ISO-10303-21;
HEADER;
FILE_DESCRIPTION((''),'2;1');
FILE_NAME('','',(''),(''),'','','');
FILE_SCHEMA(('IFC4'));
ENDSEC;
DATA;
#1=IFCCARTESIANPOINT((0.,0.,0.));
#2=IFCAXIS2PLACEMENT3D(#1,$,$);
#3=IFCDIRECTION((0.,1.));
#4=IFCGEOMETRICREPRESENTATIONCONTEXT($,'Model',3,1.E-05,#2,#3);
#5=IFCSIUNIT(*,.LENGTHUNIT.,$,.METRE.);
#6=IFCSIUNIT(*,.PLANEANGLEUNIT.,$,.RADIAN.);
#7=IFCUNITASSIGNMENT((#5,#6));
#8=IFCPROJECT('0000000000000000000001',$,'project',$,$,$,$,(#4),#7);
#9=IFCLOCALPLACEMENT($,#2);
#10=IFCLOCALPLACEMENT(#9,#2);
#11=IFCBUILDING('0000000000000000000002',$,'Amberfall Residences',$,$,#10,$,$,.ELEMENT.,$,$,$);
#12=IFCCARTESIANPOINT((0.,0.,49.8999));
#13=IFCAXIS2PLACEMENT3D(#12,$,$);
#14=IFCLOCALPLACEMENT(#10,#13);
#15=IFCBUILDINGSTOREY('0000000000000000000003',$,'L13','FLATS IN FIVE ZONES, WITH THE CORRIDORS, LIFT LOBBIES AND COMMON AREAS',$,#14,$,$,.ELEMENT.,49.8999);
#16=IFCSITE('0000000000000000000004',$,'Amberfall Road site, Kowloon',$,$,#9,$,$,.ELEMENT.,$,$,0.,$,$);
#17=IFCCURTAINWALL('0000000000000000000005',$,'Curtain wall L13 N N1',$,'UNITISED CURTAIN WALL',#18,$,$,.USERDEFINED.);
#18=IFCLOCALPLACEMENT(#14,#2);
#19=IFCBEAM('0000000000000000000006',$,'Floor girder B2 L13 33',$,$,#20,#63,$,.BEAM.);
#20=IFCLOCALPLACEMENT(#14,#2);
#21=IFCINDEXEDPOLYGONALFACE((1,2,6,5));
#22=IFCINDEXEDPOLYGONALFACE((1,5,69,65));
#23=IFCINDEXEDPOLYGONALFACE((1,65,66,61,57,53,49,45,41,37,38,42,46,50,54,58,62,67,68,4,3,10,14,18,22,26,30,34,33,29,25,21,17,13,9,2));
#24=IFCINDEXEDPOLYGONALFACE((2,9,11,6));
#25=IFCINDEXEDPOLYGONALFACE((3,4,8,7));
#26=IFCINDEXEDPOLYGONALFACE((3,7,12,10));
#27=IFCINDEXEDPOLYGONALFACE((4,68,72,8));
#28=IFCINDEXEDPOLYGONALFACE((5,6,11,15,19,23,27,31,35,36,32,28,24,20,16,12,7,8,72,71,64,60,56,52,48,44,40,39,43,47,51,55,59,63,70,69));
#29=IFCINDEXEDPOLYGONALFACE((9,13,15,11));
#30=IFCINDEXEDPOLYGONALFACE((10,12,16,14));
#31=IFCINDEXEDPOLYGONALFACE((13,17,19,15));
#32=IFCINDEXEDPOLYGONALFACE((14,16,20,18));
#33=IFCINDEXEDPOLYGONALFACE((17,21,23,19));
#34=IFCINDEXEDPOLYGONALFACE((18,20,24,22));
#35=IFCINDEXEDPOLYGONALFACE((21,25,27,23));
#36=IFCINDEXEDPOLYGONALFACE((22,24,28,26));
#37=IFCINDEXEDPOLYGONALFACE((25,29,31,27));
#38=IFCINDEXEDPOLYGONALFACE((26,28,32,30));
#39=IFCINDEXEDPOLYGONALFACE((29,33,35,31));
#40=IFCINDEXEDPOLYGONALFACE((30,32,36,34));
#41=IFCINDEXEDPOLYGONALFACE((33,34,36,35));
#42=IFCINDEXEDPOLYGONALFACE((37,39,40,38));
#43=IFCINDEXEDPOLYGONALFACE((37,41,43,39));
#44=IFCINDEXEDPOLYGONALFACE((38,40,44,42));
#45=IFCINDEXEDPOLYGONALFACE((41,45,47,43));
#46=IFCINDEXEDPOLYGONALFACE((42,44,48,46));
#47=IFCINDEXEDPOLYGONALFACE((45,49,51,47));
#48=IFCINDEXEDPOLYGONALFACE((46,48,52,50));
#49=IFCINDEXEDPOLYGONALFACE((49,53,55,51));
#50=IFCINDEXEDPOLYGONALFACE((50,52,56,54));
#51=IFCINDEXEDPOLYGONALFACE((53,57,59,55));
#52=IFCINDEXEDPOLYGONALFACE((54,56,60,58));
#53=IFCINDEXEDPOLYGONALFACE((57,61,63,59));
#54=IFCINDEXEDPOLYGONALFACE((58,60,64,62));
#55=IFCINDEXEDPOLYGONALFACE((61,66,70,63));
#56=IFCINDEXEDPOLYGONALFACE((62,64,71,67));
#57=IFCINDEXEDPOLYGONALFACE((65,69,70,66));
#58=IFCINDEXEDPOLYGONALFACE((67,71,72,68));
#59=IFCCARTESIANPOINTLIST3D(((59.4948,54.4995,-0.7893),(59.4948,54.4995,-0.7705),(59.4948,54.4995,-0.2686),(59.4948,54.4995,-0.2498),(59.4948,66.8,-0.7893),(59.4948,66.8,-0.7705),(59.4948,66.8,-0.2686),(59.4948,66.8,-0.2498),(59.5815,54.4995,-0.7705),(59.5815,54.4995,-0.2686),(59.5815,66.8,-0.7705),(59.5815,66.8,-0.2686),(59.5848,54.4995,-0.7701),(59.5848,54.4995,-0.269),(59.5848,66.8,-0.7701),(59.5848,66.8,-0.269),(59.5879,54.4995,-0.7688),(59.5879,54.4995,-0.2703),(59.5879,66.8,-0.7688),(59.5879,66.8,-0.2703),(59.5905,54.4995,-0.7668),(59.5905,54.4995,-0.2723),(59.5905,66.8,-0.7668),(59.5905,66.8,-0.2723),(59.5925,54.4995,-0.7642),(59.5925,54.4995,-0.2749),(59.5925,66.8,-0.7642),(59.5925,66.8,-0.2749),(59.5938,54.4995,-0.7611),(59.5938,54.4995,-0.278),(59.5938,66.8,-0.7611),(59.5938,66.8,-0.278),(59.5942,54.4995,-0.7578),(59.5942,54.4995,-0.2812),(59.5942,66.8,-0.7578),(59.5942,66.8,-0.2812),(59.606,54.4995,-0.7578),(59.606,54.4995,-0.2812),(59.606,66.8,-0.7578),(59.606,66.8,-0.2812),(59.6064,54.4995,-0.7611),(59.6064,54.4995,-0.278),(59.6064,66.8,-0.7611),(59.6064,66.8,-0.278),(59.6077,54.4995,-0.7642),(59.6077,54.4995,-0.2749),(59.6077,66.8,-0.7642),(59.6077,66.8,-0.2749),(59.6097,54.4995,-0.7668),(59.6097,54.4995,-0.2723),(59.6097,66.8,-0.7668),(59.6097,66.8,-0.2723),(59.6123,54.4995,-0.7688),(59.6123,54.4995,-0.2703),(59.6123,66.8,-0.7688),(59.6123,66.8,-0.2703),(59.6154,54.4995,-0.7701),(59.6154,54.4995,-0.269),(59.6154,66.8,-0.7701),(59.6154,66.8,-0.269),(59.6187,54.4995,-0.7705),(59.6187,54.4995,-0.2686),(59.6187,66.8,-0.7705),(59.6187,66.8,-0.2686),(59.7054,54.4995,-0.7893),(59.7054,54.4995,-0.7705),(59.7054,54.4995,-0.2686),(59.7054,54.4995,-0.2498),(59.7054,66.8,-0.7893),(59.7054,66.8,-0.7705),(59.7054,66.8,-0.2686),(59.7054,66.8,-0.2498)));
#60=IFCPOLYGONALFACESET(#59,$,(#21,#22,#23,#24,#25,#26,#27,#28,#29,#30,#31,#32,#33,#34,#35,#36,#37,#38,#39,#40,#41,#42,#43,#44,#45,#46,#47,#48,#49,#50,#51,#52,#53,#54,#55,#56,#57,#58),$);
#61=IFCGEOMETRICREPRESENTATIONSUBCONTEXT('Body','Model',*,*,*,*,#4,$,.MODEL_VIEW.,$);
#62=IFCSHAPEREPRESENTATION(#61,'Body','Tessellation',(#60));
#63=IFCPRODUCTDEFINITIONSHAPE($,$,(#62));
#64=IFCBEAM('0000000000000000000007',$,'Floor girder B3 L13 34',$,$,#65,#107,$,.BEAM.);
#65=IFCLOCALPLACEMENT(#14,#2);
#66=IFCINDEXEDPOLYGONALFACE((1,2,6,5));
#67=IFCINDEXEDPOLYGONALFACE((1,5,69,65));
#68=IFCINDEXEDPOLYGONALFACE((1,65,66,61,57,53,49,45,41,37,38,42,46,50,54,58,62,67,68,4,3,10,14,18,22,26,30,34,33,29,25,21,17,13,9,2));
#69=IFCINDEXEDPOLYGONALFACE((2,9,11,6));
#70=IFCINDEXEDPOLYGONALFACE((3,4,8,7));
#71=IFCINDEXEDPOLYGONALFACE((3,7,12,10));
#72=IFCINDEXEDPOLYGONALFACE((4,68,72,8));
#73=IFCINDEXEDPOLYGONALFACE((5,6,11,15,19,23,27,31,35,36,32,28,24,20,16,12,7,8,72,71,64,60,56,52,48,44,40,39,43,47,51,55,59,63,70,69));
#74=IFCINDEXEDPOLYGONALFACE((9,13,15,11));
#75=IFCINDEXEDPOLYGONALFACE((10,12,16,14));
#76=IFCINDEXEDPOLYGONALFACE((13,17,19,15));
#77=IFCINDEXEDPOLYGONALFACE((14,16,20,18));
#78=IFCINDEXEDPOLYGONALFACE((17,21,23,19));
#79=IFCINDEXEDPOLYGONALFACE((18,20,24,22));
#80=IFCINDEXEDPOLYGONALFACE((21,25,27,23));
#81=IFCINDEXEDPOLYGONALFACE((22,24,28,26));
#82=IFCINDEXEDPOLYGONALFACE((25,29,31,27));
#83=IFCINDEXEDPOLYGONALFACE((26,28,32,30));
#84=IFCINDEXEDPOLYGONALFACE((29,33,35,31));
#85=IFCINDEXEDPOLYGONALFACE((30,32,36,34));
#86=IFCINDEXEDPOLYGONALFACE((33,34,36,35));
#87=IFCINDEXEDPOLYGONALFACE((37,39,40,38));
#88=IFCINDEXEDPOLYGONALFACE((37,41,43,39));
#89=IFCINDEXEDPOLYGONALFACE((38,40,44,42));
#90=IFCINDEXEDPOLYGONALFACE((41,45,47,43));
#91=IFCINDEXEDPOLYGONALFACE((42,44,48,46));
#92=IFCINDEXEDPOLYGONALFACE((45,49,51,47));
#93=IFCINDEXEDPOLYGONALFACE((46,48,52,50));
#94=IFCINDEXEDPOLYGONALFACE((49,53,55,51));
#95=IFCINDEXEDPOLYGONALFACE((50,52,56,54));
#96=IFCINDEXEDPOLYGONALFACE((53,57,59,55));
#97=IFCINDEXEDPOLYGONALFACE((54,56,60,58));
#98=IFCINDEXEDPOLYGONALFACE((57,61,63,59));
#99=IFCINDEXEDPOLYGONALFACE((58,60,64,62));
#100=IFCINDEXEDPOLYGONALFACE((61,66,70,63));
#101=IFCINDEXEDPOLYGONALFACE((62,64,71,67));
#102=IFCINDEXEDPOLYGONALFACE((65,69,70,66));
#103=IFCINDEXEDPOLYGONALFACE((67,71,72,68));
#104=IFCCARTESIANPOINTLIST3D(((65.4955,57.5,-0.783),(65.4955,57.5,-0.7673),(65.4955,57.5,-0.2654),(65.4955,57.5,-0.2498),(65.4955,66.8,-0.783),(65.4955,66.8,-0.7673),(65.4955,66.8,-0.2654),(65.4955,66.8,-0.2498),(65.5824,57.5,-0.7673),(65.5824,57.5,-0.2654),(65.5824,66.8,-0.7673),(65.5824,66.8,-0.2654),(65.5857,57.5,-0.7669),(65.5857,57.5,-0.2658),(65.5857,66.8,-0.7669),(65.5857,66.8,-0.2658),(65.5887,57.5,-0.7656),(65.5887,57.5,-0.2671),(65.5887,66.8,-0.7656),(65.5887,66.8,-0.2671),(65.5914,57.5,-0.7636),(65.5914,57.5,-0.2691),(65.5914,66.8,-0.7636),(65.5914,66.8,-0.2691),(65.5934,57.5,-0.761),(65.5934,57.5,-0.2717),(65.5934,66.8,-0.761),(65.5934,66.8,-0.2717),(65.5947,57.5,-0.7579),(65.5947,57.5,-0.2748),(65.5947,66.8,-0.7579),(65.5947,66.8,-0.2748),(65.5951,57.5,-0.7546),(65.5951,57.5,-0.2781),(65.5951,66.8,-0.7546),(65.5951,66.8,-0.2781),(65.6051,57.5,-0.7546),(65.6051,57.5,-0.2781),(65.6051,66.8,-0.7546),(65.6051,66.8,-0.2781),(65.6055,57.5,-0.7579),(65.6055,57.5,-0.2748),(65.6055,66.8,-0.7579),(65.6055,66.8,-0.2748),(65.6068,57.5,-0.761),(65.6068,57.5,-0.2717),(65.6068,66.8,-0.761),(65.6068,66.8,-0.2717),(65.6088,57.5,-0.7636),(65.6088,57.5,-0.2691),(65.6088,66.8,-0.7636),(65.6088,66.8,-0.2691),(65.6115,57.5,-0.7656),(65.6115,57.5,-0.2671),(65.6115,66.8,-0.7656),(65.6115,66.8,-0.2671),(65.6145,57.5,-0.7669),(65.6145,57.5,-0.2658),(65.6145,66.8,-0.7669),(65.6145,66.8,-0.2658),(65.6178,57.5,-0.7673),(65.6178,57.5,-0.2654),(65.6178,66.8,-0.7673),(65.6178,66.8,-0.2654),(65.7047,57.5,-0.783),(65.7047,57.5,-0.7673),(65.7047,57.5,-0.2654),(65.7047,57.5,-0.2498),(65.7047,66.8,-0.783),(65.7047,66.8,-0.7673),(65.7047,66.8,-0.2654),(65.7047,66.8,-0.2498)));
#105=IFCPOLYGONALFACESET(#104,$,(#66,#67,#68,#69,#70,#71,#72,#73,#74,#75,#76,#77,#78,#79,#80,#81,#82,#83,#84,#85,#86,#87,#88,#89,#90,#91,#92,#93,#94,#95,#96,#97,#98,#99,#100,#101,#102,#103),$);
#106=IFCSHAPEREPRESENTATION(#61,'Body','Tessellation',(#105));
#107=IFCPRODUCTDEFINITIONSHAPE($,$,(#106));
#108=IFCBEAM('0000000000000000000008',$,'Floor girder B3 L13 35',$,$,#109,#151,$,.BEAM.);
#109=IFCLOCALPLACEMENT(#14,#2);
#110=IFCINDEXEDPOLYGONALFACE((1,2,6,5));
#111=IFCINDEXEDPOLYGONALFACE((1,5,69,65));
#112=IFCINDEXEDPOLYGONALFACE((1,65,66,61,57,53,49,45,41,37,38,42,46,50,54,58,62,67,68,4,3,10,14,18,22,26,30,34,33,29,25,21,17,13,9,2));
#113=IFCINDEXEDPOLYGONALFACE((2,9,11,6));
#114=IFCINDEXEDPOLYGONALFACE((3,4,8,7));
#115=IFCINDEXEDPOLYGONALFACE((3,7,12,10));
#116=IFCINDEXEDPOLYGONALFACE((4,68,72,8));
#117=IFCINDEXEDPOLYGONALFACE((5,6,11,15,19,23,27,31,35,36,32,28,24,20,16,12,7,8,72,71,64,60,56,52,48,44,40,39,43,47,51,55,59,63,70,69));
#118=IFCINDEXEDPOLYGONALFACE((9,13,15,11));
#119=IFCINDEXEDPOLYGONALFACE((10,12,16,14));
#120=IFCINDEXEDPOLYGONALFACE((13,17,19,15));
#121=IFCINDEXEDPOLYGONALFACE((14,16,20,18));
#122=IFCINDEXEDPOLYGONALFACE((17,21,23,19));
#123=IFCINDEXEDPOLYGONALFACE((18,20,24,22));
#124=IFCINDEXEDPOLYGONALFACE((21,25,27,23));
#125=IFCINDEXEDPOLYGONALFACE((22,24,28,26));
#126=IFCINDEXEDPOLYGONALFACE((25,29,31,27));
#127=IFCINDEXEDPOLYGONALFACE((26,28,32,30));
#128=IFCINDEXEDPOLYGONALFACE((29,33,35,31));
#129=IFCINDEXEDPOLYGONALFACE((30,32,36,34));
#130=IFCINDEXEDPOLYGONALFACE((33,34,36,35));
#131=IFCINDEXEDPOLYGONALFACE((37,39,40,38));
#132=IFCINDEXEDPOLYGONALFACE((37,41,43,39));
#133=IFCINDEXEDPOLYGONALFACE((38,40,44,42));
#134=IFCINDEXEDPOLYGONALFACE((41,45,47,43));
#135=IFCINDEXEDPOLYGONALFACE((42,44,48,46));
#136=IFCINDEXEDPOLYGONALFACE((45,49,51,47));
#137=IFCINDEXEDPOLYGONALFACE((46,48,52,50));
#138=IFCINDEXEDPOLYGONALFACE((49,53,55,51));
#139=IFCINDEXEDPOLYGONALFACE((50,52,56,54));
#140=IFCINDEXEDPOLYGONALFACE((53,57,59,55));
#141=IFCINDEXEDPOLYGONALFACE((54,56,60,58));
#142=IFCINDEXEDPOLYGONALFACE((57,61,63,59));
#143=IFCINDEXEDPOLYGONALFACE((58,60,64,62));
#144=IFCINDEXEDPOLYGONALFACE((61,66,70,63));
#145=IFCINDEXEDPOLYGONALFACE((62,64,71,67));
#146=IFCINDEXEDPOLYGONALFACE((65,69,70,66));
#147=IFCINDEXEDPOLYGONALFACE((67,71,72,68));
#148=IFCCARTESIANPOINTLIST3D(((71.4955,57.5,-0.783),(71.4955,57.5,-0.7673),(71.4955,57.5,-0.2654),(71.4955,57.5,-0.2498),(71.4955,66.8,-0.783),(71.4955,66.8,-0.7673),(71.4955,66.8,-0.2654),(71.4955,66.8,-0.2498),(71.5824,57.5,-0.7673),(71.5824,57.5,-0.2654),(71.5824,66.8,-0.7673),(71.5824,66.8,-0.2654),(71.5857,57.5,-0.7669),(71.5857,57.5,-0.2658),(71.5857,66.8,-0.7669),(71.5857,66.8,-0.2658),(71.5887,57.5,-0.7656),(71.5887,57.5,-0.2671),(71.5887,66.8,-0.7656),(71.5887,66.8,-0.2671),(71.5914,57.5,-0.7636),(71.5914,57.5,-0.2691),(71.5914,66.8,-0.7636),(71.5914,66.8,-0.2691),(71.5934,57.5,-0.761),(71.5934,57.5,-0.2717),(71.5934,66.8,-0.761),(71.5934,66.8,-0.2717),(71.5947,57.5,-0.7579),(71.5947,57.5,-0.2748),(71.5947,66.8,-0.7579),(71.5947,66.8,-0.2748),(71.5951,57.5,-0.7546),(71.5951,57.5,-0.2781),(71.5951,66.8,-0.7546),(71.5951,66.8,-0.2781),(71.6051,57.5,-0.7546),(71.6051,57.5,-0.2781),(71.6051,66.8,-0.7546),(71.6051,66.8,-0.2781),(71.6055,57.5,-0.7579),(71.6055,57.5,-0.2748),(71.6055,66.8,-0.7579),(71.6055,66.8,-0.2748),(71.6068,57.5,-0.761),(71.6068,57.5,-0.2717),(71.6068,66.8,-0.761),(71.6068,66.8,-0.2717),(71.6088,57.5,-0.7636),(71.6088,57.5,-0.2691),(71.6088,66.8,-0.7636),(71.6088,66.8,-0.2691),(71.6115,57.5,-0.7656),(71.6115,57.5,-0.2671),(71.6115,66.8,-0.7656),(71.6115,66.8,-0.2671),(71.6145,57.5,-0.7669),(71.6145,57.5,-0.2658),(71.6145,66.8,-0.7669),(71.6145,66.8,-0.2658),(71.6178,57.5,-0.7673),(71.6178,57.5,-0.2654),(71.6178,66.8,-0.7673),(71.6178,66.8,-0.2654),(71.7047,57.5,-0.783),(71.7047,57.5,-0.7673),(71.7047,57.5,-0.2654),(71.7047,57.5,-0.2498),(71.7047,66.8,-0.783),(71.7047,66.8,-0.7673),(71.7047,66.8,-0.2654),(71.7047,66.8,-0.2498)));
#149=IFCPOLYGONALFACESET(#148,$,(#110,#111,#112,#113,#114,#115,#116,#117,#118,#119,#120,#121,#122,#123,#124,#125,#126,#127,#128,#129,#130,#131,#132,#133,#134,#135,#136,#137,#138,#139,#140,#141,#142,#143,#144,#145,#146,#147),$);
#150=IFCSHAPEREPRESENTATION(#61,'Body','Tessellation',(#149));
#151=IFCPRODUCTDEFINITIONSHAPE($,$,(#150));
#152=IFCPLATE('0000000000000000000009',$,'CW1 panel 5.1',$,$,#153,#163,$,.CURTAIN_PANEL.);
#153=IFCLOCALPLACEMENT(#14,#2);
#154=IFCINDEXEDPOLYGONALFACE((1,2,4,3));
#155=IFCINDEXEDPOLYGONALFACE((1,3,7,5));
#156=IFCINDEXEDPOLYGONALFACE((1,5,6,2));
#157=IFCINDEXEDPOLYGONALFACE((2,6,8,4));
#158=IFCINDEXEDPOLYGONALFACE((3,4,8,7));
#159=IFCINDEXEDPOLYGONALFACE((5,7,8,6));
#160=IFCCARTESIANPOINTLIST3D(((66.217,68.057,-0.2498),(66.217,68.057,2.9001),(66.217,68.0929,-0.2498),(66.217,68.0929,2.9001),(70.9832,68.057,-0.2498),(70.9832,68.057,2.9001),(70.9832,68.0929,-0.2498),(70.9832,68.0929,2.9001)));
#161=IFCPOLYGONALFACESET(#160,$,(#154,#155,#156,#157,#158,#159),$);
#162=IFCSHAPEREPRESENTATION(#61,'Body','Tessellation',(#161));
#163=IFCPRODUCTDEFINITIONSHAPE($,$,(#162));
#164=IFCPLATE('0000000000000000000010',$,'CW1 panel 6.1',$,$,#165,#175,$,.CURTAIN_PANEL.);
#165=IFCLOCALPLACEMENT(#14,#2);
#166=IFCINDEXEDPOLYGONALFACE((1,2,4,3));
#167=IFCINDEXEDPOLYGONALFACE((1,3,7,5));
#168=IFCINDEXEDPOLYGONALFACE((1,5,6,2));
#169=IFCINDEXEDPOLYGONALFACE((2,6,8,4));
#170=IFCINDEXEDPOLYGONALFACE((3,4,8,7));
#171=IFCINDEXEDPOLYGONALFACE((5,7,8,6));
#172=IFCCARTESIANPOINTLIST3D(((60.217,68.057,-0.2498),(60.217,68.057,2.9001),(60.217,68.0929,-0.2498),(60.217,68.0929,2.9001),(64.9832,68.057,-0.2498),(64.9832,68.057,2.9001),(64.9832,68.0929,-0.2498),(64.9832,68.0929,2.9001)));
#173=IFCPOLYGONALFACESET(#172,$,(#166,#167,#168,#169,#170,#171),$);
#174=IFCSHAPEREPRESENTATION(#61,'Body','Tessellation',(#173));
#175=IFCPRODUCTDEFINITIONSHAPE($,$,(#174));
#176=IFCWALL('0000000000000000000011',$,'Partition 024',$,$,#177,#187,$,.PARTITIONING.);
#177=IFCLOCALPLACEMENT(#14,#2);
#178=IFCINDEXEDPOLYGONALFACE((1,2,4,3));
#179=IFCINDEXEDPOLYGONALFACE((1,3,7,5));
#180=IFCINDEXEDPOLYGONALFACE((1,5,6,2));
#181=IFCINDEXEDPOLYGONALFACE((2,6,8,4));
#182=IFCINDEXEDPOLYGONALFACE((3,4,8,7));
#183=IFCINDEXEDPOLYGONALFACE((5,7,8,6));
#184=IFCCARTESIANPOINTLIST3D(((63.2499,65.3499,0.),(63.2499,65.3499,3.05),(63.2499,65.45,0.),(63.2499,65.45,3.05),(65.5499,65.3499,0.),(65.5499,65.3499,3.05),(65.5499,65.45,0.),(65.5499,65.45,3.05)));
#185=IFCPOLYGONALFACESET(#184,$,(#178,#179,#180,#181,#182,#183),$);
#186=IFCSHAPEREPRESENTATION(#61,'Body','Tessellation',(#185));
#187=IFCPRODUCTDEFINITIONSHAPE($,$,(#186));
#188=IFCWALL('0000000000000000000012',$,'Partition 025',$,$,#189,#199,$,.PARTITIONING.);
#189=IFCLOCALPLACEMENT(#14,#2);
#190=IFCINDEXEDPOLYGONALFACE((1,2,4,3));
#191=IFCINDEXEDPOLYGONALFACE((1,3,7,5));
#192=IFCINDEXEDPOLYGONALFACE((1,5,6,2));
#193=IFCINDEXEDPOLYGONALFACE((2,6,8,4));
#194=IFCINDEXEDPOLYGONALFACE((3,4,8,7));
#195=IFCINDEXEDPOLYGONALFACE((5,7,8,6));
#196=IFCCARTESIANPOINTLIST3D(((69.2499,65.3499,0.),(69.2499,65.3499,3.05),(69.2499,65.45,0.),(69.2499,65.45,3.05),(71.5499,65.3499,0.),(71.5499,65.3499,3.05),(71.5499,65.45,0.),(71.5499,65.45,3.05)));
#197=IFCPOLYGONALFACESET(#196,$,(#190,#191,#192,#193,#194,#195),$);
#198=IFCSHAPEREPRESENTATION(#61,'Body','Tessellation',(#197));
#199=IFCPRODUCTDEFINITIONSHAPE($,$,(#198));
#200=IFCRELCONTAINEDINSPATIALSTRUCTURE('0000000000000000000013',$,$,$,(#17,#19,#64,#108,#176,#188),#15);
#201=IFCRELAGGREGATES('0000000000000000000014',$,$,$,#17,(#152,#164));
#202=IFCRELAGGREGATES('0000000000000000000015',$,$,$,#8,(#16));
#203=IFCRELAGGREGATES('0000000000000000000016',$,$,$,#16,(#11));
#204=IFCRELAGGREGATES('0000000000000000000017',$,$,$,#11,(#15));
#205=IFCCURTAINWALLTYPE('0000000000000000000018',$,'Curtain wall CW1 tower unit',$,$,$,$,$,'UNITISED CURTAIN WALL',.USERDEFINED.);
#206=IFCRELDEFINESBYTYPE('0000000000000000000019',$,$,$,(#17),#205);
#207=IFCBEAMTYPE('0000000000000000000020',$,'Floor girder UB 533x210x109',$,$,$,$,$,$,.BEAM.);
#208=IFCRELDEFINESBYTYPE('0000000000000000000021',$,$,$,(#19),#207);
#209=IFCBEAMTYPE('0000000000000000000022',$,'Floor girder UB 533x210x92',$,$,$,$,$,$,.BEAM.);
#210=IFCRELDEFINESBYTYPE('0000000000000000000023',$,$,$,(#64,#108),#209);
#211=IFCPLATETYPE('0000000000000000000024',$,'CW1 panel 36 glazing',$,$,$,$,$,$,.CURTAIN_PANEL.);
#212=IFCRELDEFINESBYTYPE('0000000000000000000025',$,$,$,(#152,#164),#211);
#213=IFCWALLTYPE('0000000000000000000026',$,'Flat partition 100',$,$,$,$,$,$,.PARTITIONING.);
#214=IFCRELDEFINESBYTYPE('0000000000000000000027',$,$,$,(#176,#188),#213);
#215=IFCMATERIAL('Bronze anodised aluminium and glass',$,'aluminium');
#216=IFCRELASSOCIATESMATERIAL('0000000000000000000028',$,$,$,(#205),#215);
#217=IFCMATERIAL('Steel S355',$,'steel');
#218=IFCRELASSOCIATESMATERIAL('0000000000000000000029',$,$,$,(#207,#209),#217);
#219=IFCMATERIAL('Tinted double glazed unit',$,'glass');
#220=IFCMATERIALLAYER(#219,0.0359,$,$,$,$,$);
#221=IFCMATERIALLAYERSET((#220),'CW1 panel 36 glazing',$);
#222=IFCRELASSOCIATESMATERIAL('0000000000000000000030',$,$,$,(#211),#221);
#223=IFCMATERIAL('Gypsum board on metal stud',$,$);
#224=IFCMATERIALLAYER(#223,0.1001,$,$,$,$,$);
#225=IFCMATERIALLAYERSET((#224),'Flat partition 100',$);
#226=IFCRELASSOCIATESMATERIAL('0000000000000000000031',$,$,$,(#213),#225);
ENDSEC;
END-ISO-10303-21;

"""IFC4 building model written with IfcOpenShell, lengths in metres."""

from ifc_helpers import new_model, si_unit, direction, frame, frame_2d, origin, origin_2d, place, context, subcontext, project, spatial, rectangle, i_section, extrude, material, layer, layer_set, material_profile, profile_set, type_object, element, aggregate, save


model = new_model("IFC4")

# Units and contexts
model_context = context("Model", 3, precision=1e-05, world=origin(), true_north=direction((0.0, 1.0)))
body_context = subcontext(model_context, "Body", "Model", "MODEL_VIEW")
ifc_project = project(units=[si_unit("LENGTHUNIT", "METRE"), si_unit("PLANEANGLEUNIT", "RADIAN")], contexts=[model_context])

# Site, building, storey
site_placement = place(None, origin())
site = spatial("IfcSite", under=ifc_project, at=site_placement, Name="Amberfall Road site, Kowloon", CompositionType="ELEMENT", RefElevation=0.0)
building_placement = place(site_placement, origin())
building = spatial("IfcBuilding", under=site, at=building_placement, Name="Amberfall Residences", CompositionType="ELEMENT")
storey_placement = place(building_placement, frame((0.0, 0.0, 49.8999)))
storey = spatial("IfcBuildingStorey", under=building, at=storey_placement, Name="L13", Description="FLATS IN FIVE ZONES, WITH THE CORRIDORS, LIFT LOBBIES AND COMMON AREAS", CompositionType="ELEMENT", Elevation=49.8999)

# Curtain wall
ifc_material_1 = material(Name="Bronze anodised aluminium and glass", Category="aluminium")
curtain_wall_type = type_object("IfcCurtainWallType", Name="Curtain wall CW1 tower unit", ElementType="UNITISED CURTAIN WALL", PredefinedType="USERDEFINED", material=ifc_material_1)
curtain_wall_placement = place(storey_placement, origin())
curtain_wall = element("IfcCurtainWall", 1, at=curtain_wall_placement, inside=storey, type_object=curtain_wall_type, Name="Curtain wall L13 N N1", ObjectType="UNITISED CURTAIN WALL", PredefinedType="USERDEFINED")

# Shared definitions
ifc_material_2 = material(Name="Steel S355", Category="steel")

# Beams
ifc_material_profile_1 = material_profile(ifc_material_2, i_section(OverallWidth=0.2107, OverallDepth=0.5396, WebThickness=0.0117, FlangeThickness=0.0188, FilletRadius=0.0127, at=origin_2d()), Name="UB 533x210x109")
ifc_profile_set_1 = profile_set([ifc_material_profile_1], Name="Steel S355")
beam_type_1 = type_object("IfcBeamType", Name="Floor girder UB 533x210x109", PredefinedType="BEAM", material=ifc_profile_set_1)
beam_placement = place(storey_placement, frame((59.6001, 66.8, -0.5195), z_axis=(0.0, -1.0, 0.0), x_axis=(1.0, 0.0, 0.0)))
element("IfcBeam", 2, at=beam_placement, inside=storey, type_object=beam_type_1, Name="Floor girder B2 L13 33", PredefinedType="BEAM", context=body_context, shape_type="SweptSolid", body=[
    extrude(i_section(OverallWidth=0.2107, OverallDepth=0.5396, WebThickness=0.0117, FlangeThickness=0.0188, FilletRadius=0.0127, at=origin_2d()), origin(), (0.0, 0.0, 1.0), 12.3005),
])
ifc_material_profile_2 = material_profile(ifc_material_2, i_section(OverallWidth=0.2092, OverallDepth=0.5332, WebThickness=0.01, FlangeThickness=0.0156, FilletRadius=0.0127, at=origin_2d()), Name="UB 533x210x92")
ifc_profile_set_2 = profile_set([ifc_material_profile_2], Name="Steel S355")
beam_type_2 = type_object("IfcBeamType", Name="Floor girder UB 533x210x92", PredefinedType="BEAM", material=ifc_profile_set_2)
for number, where, z_axis, x_axis, name in (
    (3, (65.6001, 66.8, -0.5164), (0.0, -1.0, 0.0), (1.0, 0.0, 0.0), "Floor girder B3 L13 34"),
    (4, (71.6001, 66.8, -0.5164), (0.0, -1.0, 0.0), (1.0, 0.0, 0.0), "Floor girder B3 L13 35"),
):
    element("IfcBeam", number, at=place(storey_placement, frame(where, z_axis=z_axis, x_axis=x_axis)), inside=storey, type_object=beam_type_2, Name=name, PredefinedType="BEAM", context=body_context, shape_type="SweptSolid", body=[
        extrude(i_section(OverallWidth=0.2092, OverallDepth=0.5332, WebThickness=0.01, FlangeThickness=0.0156, FilletRadius=0.0127, at=origin_2d()), origin(), (0.0, 0.0, 1.0), 9.3),
    ])

# Plates
ifc_material_3 = material(Name="Tinted double glazed unit", Category="glass")
ifc_layer_1 = layer(ifc_material_3, 0.0359)
ifc_layer_set_1 = layer_set([ifc_layer_1], Name="CW1 panel 36 glazing")
plate_type = type_object("IfcPlateType", Name="CW1 panel 36 glazing", PredefinedType="CURTAIN_PANEL", material=ifc_layer_set_1)
plate_1_placement = place(storey_placement, frame((68.6001, 68.075, -0.2498), z_axis=(0.0, 0.0, 1.0), x_axis=(-1.0, 0.0, 0.0)))
plate_1 = element("IfcPlate", 5, at=plate_1_placement, type_object=plate_type, Name="CW1 panel 5.1", PredefinedType="CURTAIN_PANEL", context=body_context, shape_type="SweptSolid", body=[
    extrude(rectangle(XDim=4.7661, YDim=0.0359, at=origin_2d()), origin(), (0.0, 0.0, 1.0), 3.1499),
])
plate_2_placement = place(storey_placement, frame((62.6001, 68.075, -0.2498), z_axis=(0.0, 0.0, 1.0), x_axis=(-1.0, 0.0, 0.0)))
plate_2 = element("IfcPlate", 6, at=plate_2_placement, type_object=plate_type, Name="CW1 panel 6.1", PredefinedType="CURTAIN_PANEL", context=body_context, shape_type="SweptSolid", body=[
    extrude(rectangle(XDim=4.7661, YDim=0.0359, at=origin_2d()), origin(), (0.0, 0.0, 1.0), 3.1499),
])
aggregate(curtain_wall, [plate_1, plate_2])

# Walls
ifc_material_4 = material(Name="Gypsum board on metal stud")
ifc_layer_2 = layer(ifc_material_4, 0.1001)
ifc_layer_set_2 = layer_set([ifc_layer_2], Name="Flat partition 100")
wall_type = type_object("IfcWallType", Name="Flat partition 100", PredefinedType="PARTITIONING", material=ifc_layer_set_2)
for number, where, z_axis, x_axis, name in (
    (7, (63.25, 65.3999, 0.0), (0.0, 0.0, 1.0), (1.0, 0.0, 0.0), "Partition 024"),
    (8, (69.25, 65.3999, 0.0), (0.0, 0.0, 1.0), (1.0, 0.0, 0.0), "Partition 025"),
):
    element("IfcWall", number, at=place(storey_placement, frame(where, z_axis=z_axis, x_axis=x_axis)), inside=storey, type_object=wall_type, Name=name, PredefinedType="PARTITIONING", context=body_context, shape_type="SweptSolid", body=[
        extrude(rectangle(XDim=2.3, YDim=0.1001, at=frame_2d((1.1499, 0.0))), origin(), (0.0, 0.0, 1.0), 3.05),
    ])

save(model, "model.ifc")
